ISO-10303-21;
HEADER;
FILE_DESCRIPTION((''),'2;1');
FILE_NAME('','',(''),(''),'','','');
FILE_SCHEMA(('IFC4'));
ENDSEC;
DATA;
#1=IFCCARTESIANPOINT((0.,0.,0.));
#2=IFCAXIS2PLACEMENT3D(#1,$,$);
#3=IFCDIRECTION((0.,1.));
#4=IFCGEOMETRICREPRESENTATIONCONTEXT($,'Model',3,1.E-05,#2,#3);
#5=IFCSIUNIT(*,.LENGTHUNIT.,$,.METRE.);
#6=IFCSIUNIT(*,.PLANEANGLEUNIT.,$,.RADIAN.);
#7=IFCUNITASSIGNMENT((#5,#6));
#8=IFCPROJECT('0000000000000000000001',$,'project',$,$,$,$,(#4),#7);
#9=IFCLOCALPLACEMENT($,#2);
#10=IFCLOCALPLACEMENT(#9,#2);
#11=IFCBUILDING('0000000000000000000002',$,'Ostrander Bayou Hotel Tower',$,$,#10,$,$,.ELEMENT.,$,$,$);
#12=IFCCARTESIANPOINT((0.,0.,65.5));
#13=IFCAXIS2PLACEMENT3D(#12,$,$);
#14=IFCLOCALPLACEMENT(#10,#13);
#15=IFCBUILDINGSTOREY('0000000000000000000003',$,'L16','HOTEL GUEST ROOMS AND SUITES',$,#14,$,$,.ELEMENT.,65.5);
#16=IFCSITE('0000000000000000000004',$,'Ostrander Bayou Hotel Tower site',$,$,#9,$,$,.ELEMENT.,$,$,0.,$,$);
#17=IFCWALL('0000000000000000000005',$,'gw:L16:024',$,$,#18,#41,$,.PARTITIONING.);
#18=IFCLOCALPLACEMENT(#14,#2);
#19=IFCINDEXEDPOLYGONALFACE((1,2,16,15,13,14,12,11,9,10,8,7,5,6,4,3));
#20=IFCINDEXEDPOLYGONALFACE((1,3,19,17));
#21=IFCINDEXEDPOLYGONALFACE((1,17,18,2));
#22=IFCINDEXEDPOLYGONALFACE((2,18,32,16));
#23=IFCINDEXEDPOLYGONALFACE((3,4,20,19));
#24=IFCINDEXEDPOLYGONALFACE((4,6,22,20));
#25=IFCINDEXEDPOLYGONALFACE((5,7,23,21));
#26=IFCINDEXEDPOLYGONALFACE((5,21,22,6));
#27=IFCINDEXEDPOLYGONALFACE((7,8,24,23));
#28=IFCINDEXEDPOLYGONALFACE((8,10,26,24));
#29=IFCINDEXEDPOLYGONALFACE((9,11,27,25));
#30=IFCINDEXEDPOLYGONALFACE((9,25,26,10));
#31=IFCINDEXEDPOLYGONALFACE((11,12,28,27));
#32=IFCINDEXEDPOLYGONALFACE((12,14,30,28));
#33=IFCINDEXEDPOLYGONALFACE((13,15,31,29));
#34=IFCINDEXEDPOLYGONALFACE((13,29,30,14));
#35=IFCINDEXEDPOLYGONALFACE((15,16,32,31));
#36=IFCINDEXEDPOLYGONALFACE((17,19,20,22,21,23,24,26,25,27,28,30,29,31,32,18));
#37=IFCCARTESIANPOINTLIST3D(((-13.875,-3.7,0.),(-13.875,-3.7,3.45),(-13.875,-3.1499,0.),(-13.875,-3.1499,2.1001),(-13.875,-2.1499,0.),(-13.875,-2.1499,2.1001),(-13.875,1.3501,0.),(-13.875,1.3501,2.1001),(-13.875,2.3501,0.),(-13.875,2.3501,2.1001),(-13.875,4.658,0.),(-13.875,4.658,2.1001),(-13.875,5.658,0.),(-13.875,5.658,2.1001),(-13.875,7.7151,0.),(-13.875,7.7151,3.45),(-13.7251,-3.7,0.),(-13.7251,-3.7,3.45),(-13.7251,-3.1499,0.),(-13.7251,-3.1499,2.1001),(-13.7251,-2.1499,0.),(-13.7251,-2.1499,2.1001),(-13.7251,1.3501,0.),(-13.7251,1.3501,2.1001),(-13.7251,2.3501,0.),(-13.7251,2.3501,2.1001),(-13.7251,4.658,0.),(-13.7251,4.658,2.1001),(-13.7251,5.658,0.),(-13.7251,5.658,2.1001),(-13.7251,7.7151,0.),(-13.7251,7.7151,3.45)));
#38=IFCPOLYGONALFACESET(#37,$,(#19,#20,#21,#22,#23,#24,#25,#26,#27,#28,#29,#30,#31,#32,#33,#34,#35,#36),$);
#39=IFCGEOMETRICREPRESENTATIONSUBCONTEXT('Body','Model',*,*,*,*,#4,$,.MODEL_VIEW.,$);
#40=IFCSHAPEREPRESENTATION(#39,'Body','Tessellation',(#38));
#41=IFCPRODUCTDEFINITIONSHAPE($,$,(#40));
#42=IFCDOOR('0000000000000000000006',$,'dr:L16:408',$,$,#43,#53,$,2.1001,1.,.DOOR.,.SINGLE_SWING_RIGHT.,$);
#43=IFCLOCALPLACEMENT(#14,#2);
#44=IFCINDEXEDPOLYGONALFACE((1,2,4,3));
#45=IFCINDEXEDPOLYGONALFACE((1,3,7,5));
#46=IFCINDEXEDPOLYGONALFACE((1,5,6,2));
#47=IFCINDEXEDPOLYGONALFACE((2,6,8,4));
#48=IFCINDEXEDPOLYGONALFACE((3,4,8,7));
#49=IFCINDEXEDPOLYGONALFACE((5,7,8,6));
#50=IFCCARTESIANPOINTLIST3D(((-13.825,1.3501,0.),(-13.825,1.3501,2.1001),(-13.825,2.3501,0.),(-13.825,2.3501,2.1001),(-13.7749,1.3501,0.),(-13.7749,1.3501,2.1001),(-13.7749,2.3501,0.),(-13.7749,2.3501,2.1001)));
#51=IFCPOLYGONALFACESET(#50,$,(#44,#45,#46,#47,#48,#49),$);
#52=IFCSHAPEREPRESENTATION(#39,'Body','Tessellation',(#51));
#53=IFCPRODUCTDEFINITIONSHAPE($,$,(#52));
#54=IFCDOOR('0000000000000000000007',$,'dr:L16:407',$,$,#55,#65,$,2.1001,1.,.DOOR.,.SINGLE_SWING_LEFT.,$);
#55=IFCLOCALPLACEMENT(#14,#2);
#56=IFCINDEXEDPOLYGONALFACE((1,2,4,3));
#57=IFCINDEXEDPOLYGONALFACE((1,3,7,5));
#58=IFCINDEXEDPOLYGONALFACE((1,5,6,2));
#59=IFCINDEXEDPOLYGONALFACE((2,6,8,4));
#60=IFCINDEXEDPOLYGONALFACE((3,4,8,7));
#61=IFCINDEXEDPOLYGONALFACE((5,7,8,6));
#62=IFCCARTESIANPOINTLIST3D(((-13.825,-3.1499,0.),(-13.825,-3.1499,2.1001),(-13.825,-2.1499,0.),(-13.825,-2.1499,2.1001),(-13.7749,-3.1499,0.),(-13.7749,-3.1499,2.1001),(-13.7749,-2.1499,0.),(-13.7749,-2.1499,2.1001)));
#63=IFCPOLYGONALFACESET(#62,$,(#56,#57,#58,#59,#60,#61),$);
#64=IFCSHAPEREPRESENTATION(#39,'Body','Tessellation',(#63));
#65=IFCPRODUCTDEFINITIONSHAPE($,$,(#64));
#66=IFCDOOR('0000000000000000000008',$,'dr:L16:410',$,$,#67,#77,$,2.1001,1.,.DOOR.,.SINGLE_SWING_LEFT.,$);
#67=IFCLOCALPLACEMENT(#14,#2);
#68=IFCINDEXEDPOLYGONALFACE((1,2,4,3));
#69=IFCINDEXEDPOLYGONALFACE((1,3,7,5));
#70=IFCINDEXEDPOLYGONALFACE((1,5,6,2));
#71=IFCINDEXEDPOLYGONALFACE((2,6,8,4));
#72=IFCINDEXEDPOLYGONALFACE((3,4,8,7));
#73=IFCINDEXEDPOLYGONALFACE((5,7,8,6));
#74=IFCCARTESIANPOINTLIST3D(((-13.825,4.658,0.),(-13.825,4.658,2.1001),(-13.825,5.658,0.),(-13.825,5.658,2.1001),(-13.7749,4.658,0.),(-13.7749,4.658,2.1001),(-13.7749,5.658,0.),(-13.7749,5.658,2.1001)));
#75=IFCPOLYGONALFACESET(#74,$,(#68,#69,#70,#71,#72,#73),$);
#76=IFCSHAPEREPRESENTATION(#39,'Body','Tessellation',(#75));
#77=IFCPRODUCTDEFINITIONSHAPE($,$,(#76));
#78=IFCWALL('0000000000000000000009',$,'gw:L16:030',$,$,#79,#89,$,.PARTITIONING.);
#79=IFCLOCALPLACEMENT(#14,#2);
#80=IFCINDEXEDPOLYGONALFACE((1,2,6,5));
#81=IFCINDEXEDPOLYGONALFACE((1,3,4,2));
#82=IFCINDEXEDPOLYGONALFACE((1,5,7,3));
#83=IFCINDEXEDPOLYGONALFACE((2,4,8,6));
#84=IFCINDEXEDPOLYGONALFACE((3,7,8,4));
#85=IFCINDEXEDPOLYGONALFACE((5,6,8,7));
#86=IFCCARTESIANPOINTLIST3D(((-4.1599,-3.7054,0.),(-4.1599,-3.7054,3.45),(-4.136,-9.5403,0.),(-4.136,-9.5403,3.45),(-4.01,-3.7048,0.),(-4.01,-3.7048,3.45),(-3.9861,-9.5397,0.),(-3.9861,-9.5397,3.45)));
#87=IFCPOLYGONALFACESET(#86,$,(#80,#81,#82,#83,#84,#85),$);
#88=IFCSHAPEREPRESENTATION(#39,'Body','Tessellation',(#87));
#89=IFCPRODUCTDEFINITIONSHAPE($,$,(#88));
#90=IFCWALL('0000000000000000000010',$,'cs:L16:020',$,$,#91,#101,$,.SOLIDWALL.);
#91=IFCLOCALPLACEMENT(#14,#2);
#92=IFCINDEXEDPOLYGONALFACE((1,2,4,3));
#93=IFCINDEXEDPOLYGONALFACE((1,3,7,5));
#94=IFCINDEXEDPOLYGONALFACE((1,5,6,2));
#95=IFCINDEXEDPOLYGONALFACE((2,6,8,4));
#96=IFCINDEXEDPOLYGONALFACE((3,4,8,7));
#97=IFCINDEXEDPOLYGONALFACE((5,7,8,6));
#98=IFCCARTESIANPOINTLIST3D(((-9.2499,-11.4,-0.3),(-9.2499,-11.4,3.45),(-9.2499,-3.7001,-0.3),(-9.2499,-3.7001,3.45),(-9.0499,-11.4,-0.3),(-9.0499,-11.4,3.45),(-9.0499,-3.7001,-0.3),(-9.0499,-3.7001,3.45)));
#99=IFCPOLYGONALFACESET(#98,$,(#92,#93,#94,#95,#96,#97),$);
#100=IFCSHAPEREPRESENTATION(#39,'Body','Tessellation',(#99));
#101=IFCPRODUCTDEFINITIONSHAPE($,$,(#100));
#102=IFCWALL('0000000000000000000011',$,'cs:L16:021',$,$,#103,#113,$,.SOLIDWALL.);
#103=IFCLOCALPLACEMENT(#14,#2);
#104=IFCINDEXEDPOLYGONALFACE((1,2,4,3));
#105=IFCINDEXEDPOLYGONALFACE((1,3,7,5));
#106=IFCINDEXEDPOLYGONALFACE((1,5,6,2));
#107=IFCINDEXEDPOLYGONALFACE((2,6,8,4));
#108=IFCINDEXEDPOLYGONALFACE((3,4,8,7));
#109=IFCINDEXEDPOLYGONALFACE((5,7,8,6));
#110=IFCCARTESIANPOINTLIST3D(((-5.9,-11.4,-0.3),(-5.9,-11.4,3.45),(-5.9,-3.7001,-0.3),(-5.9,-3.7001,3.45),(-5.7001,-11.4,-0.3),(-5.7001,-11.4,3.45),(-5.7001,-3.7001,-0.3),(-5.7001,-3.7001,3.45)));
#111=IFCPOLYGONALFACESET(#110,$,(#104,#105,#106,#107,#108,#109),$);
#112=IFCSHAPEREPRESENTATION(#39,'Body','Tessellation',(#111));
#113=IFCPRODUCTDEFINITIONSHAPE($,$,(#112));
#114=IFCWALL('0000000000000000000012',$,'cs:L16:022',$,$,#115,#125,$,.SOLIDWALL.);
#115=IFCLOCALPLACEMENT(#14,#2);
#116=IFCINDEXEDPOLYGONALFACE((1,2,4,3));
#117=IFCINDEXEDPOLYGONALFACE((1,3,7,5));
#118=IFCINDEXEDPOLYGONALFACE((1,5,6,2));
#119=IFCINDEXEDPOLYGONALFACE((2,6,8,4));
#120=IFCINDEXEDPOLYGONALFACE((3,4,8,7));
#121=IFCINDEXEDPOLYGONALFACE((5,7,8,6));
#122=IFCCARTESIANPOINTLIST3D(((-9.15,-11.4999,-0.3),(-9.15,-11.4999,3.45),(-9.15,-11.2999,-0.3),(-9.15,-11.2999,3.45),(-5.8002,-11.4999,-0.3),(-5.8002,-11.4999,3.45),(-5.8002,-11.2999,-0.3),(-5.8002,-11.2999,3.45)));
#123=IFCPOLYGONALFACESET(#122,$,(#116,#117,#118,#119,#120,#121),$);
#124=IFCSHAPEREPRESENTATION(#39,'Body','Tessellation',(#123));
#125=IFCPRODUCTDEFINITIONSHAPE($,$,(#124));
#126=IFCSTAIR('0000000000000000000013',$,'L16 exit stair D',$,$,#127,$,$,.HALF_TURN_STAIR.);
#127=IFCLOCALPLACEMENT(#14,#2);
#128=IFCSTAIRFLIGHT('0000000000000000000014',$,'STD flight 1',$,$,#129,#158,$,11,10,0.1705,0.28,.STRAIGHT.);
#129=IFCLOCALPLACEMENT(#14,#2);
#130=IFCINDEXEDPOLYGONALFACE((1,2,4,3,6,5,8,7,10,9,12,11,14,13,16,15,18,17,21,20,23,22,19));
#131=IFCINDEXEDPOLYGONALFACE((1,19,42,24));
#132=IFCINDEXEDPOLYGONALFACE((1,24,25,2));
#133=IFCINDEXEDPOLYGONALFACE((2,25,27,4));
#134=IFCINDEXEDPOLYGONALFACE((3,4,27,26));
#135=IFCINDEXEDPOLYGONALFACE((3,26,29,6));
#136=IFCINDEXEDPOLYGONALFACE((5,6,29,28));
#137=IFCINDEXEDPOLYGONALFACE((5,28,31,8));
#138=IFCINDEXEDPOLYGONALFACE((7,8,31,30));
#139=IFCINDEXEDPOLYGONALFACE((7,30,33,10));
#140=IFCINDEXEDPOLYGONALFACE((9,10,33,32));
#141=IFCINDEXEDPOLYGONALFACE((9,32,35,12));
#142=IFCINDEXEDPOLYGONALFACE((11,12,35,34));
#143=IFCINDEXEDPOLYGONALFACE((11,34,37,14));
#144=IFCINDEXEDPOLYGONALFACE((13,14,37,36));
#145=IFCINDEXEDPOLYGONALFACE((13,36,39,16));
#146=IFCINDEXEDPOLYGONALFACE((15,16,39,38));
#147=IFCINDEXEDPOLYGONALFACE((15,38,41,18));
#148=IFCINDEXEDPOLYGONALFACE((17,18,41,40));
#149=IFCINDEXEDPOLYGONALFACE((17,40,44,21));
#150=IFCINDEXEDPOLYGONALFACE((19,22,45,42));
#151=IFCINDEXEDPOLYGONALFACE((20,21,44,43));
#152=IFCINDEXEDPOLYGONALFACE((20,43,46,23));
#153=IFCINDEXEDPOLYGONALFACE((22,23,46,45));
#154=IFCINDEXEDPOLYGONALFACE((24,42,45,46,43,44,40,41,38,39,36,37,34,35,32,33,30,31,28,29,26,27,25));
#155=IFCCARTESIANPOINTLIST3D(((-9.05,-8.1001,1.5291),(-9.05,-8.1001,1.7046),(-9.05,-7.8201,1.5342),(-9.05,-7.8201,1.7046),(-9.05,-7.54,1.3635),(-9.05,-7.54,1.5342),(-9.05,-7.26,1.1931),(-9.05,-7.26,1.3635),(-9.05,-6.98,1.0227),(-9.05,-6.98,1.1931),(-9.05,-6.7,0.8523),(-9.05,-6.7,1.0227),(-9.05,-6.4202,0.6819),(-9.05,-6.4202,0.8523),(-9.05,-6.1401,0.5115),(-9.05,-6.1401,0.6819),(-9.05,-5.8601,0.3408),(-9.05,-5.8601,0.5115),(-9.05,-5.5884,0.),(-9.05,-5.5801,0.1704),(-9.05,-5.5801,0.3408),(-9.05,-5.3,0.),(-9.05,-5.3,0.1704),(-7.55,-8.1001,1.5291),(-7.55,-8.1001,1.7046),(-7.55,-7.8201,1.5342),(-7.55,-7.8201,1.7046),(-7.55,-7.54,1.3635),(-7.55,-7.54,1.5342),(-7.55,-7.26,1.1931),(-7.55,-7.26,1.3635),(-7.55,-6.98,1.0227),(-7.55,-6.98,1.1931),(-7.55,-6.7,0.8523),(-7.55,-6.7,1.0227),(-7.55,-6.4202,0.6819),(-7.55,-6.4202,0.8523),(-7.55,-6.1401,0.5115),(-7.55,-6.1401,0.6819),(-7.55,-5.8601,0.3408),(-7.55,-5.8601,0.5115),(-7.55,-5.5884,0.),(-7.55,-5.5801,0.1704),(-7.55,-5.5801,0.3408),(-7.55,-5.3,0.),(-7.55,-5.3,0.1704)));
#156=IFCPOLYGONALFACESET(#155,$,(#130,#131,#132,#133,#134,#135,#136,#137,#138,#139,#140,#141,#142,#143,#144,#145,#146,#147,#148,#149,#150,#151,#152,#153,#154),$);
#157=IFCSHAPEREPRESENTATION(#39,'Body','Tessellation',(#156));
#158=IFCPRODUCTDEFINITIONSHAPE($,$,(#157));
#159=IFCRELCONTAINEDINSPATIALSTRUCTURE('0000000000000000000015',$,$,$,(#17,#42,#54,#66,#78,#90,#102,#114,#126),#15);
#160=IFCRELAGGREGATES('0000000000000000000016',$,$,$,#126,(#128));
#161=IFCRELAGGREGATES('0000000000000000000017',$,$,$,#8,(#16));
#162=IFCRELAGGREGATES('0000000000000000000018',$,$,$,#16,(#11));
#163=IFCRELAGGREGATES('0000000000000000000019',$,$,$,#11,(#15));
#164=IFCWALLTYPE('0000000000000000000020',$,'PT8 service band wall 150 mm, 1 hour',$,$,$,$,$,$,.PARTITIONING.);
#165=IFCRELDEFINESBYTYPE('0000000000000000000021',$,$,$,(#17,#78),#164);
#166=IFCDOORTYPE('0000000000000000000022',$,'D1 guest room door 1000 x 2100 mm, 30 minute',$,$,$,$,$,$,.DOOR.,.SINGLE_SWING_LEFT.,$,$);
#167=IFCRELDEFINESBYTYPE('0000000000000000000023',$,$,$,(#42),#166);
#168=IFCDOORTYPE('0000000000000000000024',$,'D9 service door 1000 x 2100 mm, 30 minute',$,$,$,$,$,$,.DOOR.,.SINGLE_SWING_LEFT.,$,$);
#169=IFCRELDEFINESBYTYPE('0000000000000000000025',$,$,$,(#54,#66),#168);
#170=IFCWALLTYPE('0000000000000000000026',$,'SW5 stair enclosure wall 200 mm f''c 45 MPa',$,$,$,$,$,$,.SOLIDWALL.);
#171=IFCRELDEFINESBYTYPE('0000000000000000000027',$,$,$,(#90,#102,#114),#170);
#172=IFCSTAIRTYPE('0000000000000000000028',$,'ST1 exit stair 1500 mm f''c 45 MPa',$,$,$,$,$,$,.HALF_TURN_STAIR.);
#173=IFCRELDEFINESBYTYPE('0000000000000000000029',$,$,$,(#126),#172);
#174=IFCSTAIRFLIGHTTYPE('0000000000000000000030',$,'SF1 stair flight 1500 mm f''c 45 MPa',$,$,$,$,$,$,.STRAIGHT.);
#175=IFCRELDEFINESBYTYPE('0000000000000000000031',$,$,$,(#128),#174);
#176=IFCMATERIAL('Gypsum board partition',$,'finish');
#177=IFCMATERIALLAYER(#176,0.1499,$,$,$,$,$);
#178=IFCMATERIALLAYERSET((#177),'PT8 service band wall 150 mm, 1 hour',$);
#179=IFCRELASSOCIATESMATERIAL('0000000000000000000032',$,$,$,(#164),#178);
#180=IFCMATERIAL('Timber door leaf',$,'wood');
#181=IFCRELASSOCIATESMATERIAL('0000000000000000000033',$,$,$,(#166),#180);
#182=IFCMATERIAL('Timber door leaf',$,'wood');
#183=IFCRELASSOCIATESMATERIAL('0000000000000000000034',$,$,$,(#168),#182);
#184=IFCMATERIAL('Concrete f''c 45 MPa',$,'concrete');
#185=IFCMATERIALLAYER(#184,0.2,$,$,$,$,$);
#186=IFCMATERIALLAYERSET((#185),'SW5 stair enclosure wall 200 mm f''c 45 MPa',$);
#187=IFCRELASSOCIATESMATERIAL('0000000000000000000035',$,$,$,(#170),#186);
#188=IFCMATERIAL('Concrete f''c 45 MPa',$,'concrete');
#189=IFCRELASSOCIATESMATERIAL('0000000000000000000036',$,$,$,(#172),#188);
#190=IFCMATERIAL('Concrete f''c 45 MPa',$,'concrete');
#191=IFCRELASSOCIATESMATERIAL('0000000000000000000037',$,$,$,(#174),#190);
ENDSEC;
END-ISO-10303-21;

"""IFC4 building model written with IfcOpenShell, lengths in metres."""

from ifc_helpers import new_model, si_unit, direction, frame, frame_2d, origin, place, context, subcontext, project, spatial, polyline, rectangle, outline, extrude, material, layer, layer_set, type_object, element, fill, aggregate, save


model = new_model("IFC4")

# Units and contexts
model_context = context("Model", 3, precision=1e-05, world=origin(), true_north=direction((0.0, 1.0)))
body_context = subcontext(model_context, "Body", "Model", "MODEL_VIEW")
ifc_project = project(units=[si_unit("LENGTHUNIT", "METRE"), si_unit("PLANEANGLEUNIT", "RADIAN")], contexts=[model_context])

# Site, building, storey
site_placement = place(None, origin())
site = spatial("IfcSite", under=ifc_project, at=site_placement, Name="Ostrander Bayou Hotel Tower site", CompositionType="ELEMENT", RefElevation=0.0)
building_placement = place(site_placement, origin())
building = spatial("IfcBuilding", under=site, at=building_placement, Name="Ostrander Bayou Hotel Tower", CompositionType="ELEMENT")
storey_placement = place(building_placement, frame((0.0, 0.0, 65.5)))
storey = spatial("IfcBuildingStorey", under=building, at=storey_placement, Name="L16", Description="HOTEL GUEST ROOMS AND SUITES", CompositionType="ELEMENT", Elevation=65.5)

# Shared definitions
ifc_material_1 = material(Name="Gypsum board partition", Category="finish")
ifc_layer_1 = layer(ifc_material_1, 0.1499)
ifc_layer_set_1 = layer_set([ifc_layer_1], Name="PT8 service band wall 150 mm, 1 hour")
wall_type_1 = type_object("IfcWallType", Name="PT8 service band wall 150 mm, 1 hour", PredefinedType="PARTITIONING", material=ifc_layer_set_1)

# Wall, openings, doors
ifc_material_2 = material(Name="Timber door leaf", Category="wood")
door_type_1 = type_object("IfcDoorType", Name="D1 guest room door 1000 x 2100 mm, 30 minute", OperationType="SINGLE_SWING_LEFT", PredefinedType="DOOR", material=ifc_material_2)
ifc_material_3 = material(Name="Timber door leaf", Category="wood")
door_type_2 = type_object("IfcDoorType", Name="D9 service door 1000 x 2100 mm, 30 minute", OperationType="SINGLE_SWING_LEFT", PredefinedType="DOOR", material=ifc_material_3)
wall_1_placement = place(storey_placement, frame((-13.8, -3.7, 0.0), z_axis=(0.0, 0.0, 1.0), x_axis=(0.0, 1.0, 0.0)))
wall_1 = element("IfcWall", 1, at=wall_1_placement, inside=storey, type_object=wall_type_1, Name="gw:L16:024", PredefinedType="PARTITIONING", context=body_context, shape_type="SweptSolid", body=[
    extrude(rectangle(XDim=11.415, YDim=0.1499, at=frame_2d((5.7075, 0.0))), origin(), (0.0, 0.0, 1.0), 3.45),
])
opening_1_placement = place(wall_1_placement, frame((0.55, 0.0, 0.0)))
opening_1 = element("IfcOpeningElement", 2, at=opening_1_placement, cuts=wall_1, PredefinedType="OPENING", context=body_context, shape_type="SweptSolid", body=[
    extrude(rectangle(XDim=1.0, YDim=2.1001, at=frame_2d((0.5, 1.05))), frame((0.0, 0.075, 0.0), z_axis=(0.0, -1.0, 0.0), x_axis=(1.0, 0.0, 0.0)), (0.0, 0.0, 1.0), 0.1499),
])
opening_2_placement = place(wall_1_placement, frame((5.05, 0.0, 0.0)))
opening_2 = element("IfcOpeningElement", 3, at=opening_2_placement, cuts=wall_1, PredefinedType="OPENING", context=body_context, shape_type="SweptSolid", body=[
    extrude(rectangle(XDim=1.0, YDim=2.1001, at=frame_2d((0.5, 1.05))), frame((0.0, 0.075, 0.0), z_axis=(0.0, -1.0, 0.0), x_axis=(1.0, 0.0, 0.0)), (0.0, 0.0, 1.0), 0.1499),
])
opening_3_placement = place(wall_1_placement, frame((8.3579, 0.0, 0.0)))
opening_3 = element("IfcOpeningElement", 4, at=opening_3_placement, cuts=wall_1, PredefinedType="OPENING", context=body_context, shape_type="SweptSolid", body=[
    extrude(rectangle(XDim=1.0, YDim=2.1001, at=frame_2d((0.5, 1.05))), frame((0.0, 0.075, 0.0), z_axis=(0.0, -1.0, 0.0), x_axis=(1.0, 0.0, 0.0)), (0.0, 0.0, 1.0), 0.1499),
])
door_1_placement = place(opening_2_placement, origin())
door_1 = element("IfcDoor", 5, at=door_1_placement, inside=storey, type_object=door_type_1, Name="dr:L16:408", OperationType="SINGLE_SWING_RIGHT", OverallHeight=2.1001, OverallWidth=1.0, PredefinedType="DOOR", context=body_context, shape_type="SweptSolid", body=[
    extrude(rectangle(XDim=1.0, YDim=2.1001, at=frame_2d((0.5, 1.05))), frame((0.0, 0.0249, 0.0), z_axis=(0.0, -1.0, 0.0), x_axis=(1.0, 0.0, 0.0)), (0.0, 0.0, 1.0), 0.05),
])
fill(opening_2, door_1)
door_2_placement = place(opening_1_placement, origin())
door_2 = element("IfcDoor", 6, at=door_2_placement, inside=storey, type_object=door_type_2, Name="dr:L16:407", OperationType="SINGLE_SWING_LEFT", OverallHeight=2.1001, OverallWidth=1.0, PredefinedType="DOOR", context=body_context, shape_type="SweptSolid", body=[
    extrude(rectangle(XDim=1.0, YDim=2.1001, at=frame_2d((0.5, 1.05))), frame((0.0, 0.0249, 0.0), z_axis=(0.0, -1.0, 0.0), x_axis=(1.0, 0.0, 0.0)), (0.0, 0.0, 1.0), 0.05),
])
fill(opening_1, door_2)
door_3_placement = place(opening_3_placement, origin())
door_3 = element("IfcDoor", 7, at=door_3_placement, inside=storey, type_object=door_type_2, Name="dr:L16:410", OperationType="SINGLE_SWING_LEFT", OverallHeight=2.1001, OverallWidth=1.0, PredefinedType="DOOR", context=body_context, shape_type="SweptSolid", body=[
    extrude(rectangle(XDim=1.0, YDim=2.1001, at=frame_2d((0.5, 1.05))), frame((0.0, 0.0249, 0.0), z_axis=(0.0, -1.0, 0.0), x_axis=(1.0, 0.0, 0.0)), (0.0, 0.0, 1.0), 0.05),
])
fill(opening_3, door_3)

# Wall
wall_2_placement = place(storey_placement, frame((-4.061, -9.54, 0.0), z_axis=(0.0, 0.0, 1.0), x_axis=(-0.0041, 0.999992, 0.0)))
element("IfcWall", 8, at=wall_2_placement, inside=storey, type_object=wall_type_1, Name="gw:L16:030", PredefinedType="PARTITIONING", context=body_context, shape_type="SweptSolid", body=[
    extrude(rectangle(XDim=5.835, YDim=0.1499, at=frame_2d((2.9175, 0.0))), origin(), (0.0, 0.0, 1.0), 3.45),
])

# Shared definitions
ifc_material_4 = material(Name="Concrete f'c 45 MPa", Category="concrete")
ifc_layer_2 = layer(ifc_material_4, 0.2)
ifc_layer_set_2 = layer_set([ifc_layer_2], Name="SW5 stair enclosure wall 200 mm f'c 45 MPa")
wall_type_2 = type_object("IfcWallType", Name="SW5 stair enclosure wall 200 mm f'c 45 MPa", PredefinedType="SOLIDWALL", material=ifc_layer_set_2)

# Walls
for number, where, z_axis, x_axis, name in (
    (9, (-9.1499, -3.7, -0.3), (0.0, 0.0, 1.0), (0.0, -1.0, 0.0), "cs:L16:020"),
    (10, (-5.8, -3.7, -0.3), (0.0, 0.0, 1.0), (0.0, -1.0, 0.0), "cs:L16:021"),
):
    element("IfcWall", number, at=place(storey_placement, frame(where, z_axis=z_axis, x_axis=x_axis)), inside=storey, type_object=wall_type_2, Name=name, PredefinedType="SOLIDWALL", context=body_context, shape_type="SweptSolid", body=[
        extrude(rectangle(XDim=7.7, YDim=0.2, at=frame_2d((3.8501, 0.0))), origin(), (0.0, 0.0, 1.0), 3.75),
    ])
wall_3_placement = place(storey_placement, frame((-9.1499, -11.3999, -0.3), z_axis=(0.0, 0.0, 1.0), x_axis=(1.0, 0.0, 0.0)))
element("IfcWall", 11, at=wall_3_placement, inside=storey, type_object=wall_type_2, Name="cs:L16:022", PredefinedType="SOLIDWALL", context=body_context, shape_type="SweptSolid", body=[
    extrude(rectangle(XDim=3.3499, YDim=0.2, at=frame_2d((1.6748, 0.0))), origin(), (0.0, 0.0, 1.0), 3.75),
])

# Stair, stair flight
ifc_material_5 = material(Name="Concrete f'c 45 MPa", Category="concrete")
stair_type = type_object("IfcStairType", Name="ST1 exit stair 1500 mm f'c 45 MPa", PredefinedType="HALF_TURN_STAIR", material=ifc_material_5)
stair_placement = place(storey_placement, origin())
stair = element("IfcStair", 12, at=stair_placement, inside=storey, type_object=stair_type, Name="L16 exit stair D", PredefinedType="HALF_TURN_STAIR")
ifc_material_6 = material(Name="Concrete f'c 45 MPa", Category="concrete")
stair_flight_type = type_object("IfcStairFlightType", Name="SF1 stair flight 1500 mm f'c 45 MPa", PredefinedType="STRAIGHT", material=ifc_material_6)
stair_flight_1_placement = place(storey_placement, frame((-8.3, -5.3, 0.0), z_axis=(0.0, 0.0, 1.0), x_axis=(0.0, -1.0, 0.0)))
stair_flight_1 = element("IfcStairFlight", 13, at=stair_flight_1_placement, type_object=stair_flight_type, Name="STD flight 1", NumberOfRisers=11, NumberOfTreads=10, PredefinedType="STRAIGHT", RiserHeight=0.1705, TreadLength=0.28, context=body_context, shape_type="SweptSolid", body=[
    extrude(outline(polyline([(0.0, 0.0), (0.0, 0.1704), (0.28, 0.1704), (0.28, 0.3408), (0.5601, 0.3408), (0.5601, 0.5115), (0.8401, 0.5115), (0.8401, 0.6819), (1.1201, 0.6819), (1.1201, 0.8523), (1.3999, 0.8523), (1.3999, 1.0227), (1.6799, 1.0227), (1.6799, 1.1931), (1.96, 1.1931), (1.96, 1.3635), (2.24, 1.3635), (2.24, 1.5342), (2.52, 1.5342), (2.52, 1.7046), (2.8, 1.7046), (2.8, 1.875), (2.8, 1.5291), (0.2883, 0.0), (0.0, 0.0)])), frame((0.0, 0.75, 0.0), z_axis=(0.0, -1.0, 0.0), x_axis=(1.0, 0.0, 0.0)), (0.0, 0.0, 1.0), 1.5),
])
aggregate(stair, [stair_flight_1])

save(model, "model.ifc")
